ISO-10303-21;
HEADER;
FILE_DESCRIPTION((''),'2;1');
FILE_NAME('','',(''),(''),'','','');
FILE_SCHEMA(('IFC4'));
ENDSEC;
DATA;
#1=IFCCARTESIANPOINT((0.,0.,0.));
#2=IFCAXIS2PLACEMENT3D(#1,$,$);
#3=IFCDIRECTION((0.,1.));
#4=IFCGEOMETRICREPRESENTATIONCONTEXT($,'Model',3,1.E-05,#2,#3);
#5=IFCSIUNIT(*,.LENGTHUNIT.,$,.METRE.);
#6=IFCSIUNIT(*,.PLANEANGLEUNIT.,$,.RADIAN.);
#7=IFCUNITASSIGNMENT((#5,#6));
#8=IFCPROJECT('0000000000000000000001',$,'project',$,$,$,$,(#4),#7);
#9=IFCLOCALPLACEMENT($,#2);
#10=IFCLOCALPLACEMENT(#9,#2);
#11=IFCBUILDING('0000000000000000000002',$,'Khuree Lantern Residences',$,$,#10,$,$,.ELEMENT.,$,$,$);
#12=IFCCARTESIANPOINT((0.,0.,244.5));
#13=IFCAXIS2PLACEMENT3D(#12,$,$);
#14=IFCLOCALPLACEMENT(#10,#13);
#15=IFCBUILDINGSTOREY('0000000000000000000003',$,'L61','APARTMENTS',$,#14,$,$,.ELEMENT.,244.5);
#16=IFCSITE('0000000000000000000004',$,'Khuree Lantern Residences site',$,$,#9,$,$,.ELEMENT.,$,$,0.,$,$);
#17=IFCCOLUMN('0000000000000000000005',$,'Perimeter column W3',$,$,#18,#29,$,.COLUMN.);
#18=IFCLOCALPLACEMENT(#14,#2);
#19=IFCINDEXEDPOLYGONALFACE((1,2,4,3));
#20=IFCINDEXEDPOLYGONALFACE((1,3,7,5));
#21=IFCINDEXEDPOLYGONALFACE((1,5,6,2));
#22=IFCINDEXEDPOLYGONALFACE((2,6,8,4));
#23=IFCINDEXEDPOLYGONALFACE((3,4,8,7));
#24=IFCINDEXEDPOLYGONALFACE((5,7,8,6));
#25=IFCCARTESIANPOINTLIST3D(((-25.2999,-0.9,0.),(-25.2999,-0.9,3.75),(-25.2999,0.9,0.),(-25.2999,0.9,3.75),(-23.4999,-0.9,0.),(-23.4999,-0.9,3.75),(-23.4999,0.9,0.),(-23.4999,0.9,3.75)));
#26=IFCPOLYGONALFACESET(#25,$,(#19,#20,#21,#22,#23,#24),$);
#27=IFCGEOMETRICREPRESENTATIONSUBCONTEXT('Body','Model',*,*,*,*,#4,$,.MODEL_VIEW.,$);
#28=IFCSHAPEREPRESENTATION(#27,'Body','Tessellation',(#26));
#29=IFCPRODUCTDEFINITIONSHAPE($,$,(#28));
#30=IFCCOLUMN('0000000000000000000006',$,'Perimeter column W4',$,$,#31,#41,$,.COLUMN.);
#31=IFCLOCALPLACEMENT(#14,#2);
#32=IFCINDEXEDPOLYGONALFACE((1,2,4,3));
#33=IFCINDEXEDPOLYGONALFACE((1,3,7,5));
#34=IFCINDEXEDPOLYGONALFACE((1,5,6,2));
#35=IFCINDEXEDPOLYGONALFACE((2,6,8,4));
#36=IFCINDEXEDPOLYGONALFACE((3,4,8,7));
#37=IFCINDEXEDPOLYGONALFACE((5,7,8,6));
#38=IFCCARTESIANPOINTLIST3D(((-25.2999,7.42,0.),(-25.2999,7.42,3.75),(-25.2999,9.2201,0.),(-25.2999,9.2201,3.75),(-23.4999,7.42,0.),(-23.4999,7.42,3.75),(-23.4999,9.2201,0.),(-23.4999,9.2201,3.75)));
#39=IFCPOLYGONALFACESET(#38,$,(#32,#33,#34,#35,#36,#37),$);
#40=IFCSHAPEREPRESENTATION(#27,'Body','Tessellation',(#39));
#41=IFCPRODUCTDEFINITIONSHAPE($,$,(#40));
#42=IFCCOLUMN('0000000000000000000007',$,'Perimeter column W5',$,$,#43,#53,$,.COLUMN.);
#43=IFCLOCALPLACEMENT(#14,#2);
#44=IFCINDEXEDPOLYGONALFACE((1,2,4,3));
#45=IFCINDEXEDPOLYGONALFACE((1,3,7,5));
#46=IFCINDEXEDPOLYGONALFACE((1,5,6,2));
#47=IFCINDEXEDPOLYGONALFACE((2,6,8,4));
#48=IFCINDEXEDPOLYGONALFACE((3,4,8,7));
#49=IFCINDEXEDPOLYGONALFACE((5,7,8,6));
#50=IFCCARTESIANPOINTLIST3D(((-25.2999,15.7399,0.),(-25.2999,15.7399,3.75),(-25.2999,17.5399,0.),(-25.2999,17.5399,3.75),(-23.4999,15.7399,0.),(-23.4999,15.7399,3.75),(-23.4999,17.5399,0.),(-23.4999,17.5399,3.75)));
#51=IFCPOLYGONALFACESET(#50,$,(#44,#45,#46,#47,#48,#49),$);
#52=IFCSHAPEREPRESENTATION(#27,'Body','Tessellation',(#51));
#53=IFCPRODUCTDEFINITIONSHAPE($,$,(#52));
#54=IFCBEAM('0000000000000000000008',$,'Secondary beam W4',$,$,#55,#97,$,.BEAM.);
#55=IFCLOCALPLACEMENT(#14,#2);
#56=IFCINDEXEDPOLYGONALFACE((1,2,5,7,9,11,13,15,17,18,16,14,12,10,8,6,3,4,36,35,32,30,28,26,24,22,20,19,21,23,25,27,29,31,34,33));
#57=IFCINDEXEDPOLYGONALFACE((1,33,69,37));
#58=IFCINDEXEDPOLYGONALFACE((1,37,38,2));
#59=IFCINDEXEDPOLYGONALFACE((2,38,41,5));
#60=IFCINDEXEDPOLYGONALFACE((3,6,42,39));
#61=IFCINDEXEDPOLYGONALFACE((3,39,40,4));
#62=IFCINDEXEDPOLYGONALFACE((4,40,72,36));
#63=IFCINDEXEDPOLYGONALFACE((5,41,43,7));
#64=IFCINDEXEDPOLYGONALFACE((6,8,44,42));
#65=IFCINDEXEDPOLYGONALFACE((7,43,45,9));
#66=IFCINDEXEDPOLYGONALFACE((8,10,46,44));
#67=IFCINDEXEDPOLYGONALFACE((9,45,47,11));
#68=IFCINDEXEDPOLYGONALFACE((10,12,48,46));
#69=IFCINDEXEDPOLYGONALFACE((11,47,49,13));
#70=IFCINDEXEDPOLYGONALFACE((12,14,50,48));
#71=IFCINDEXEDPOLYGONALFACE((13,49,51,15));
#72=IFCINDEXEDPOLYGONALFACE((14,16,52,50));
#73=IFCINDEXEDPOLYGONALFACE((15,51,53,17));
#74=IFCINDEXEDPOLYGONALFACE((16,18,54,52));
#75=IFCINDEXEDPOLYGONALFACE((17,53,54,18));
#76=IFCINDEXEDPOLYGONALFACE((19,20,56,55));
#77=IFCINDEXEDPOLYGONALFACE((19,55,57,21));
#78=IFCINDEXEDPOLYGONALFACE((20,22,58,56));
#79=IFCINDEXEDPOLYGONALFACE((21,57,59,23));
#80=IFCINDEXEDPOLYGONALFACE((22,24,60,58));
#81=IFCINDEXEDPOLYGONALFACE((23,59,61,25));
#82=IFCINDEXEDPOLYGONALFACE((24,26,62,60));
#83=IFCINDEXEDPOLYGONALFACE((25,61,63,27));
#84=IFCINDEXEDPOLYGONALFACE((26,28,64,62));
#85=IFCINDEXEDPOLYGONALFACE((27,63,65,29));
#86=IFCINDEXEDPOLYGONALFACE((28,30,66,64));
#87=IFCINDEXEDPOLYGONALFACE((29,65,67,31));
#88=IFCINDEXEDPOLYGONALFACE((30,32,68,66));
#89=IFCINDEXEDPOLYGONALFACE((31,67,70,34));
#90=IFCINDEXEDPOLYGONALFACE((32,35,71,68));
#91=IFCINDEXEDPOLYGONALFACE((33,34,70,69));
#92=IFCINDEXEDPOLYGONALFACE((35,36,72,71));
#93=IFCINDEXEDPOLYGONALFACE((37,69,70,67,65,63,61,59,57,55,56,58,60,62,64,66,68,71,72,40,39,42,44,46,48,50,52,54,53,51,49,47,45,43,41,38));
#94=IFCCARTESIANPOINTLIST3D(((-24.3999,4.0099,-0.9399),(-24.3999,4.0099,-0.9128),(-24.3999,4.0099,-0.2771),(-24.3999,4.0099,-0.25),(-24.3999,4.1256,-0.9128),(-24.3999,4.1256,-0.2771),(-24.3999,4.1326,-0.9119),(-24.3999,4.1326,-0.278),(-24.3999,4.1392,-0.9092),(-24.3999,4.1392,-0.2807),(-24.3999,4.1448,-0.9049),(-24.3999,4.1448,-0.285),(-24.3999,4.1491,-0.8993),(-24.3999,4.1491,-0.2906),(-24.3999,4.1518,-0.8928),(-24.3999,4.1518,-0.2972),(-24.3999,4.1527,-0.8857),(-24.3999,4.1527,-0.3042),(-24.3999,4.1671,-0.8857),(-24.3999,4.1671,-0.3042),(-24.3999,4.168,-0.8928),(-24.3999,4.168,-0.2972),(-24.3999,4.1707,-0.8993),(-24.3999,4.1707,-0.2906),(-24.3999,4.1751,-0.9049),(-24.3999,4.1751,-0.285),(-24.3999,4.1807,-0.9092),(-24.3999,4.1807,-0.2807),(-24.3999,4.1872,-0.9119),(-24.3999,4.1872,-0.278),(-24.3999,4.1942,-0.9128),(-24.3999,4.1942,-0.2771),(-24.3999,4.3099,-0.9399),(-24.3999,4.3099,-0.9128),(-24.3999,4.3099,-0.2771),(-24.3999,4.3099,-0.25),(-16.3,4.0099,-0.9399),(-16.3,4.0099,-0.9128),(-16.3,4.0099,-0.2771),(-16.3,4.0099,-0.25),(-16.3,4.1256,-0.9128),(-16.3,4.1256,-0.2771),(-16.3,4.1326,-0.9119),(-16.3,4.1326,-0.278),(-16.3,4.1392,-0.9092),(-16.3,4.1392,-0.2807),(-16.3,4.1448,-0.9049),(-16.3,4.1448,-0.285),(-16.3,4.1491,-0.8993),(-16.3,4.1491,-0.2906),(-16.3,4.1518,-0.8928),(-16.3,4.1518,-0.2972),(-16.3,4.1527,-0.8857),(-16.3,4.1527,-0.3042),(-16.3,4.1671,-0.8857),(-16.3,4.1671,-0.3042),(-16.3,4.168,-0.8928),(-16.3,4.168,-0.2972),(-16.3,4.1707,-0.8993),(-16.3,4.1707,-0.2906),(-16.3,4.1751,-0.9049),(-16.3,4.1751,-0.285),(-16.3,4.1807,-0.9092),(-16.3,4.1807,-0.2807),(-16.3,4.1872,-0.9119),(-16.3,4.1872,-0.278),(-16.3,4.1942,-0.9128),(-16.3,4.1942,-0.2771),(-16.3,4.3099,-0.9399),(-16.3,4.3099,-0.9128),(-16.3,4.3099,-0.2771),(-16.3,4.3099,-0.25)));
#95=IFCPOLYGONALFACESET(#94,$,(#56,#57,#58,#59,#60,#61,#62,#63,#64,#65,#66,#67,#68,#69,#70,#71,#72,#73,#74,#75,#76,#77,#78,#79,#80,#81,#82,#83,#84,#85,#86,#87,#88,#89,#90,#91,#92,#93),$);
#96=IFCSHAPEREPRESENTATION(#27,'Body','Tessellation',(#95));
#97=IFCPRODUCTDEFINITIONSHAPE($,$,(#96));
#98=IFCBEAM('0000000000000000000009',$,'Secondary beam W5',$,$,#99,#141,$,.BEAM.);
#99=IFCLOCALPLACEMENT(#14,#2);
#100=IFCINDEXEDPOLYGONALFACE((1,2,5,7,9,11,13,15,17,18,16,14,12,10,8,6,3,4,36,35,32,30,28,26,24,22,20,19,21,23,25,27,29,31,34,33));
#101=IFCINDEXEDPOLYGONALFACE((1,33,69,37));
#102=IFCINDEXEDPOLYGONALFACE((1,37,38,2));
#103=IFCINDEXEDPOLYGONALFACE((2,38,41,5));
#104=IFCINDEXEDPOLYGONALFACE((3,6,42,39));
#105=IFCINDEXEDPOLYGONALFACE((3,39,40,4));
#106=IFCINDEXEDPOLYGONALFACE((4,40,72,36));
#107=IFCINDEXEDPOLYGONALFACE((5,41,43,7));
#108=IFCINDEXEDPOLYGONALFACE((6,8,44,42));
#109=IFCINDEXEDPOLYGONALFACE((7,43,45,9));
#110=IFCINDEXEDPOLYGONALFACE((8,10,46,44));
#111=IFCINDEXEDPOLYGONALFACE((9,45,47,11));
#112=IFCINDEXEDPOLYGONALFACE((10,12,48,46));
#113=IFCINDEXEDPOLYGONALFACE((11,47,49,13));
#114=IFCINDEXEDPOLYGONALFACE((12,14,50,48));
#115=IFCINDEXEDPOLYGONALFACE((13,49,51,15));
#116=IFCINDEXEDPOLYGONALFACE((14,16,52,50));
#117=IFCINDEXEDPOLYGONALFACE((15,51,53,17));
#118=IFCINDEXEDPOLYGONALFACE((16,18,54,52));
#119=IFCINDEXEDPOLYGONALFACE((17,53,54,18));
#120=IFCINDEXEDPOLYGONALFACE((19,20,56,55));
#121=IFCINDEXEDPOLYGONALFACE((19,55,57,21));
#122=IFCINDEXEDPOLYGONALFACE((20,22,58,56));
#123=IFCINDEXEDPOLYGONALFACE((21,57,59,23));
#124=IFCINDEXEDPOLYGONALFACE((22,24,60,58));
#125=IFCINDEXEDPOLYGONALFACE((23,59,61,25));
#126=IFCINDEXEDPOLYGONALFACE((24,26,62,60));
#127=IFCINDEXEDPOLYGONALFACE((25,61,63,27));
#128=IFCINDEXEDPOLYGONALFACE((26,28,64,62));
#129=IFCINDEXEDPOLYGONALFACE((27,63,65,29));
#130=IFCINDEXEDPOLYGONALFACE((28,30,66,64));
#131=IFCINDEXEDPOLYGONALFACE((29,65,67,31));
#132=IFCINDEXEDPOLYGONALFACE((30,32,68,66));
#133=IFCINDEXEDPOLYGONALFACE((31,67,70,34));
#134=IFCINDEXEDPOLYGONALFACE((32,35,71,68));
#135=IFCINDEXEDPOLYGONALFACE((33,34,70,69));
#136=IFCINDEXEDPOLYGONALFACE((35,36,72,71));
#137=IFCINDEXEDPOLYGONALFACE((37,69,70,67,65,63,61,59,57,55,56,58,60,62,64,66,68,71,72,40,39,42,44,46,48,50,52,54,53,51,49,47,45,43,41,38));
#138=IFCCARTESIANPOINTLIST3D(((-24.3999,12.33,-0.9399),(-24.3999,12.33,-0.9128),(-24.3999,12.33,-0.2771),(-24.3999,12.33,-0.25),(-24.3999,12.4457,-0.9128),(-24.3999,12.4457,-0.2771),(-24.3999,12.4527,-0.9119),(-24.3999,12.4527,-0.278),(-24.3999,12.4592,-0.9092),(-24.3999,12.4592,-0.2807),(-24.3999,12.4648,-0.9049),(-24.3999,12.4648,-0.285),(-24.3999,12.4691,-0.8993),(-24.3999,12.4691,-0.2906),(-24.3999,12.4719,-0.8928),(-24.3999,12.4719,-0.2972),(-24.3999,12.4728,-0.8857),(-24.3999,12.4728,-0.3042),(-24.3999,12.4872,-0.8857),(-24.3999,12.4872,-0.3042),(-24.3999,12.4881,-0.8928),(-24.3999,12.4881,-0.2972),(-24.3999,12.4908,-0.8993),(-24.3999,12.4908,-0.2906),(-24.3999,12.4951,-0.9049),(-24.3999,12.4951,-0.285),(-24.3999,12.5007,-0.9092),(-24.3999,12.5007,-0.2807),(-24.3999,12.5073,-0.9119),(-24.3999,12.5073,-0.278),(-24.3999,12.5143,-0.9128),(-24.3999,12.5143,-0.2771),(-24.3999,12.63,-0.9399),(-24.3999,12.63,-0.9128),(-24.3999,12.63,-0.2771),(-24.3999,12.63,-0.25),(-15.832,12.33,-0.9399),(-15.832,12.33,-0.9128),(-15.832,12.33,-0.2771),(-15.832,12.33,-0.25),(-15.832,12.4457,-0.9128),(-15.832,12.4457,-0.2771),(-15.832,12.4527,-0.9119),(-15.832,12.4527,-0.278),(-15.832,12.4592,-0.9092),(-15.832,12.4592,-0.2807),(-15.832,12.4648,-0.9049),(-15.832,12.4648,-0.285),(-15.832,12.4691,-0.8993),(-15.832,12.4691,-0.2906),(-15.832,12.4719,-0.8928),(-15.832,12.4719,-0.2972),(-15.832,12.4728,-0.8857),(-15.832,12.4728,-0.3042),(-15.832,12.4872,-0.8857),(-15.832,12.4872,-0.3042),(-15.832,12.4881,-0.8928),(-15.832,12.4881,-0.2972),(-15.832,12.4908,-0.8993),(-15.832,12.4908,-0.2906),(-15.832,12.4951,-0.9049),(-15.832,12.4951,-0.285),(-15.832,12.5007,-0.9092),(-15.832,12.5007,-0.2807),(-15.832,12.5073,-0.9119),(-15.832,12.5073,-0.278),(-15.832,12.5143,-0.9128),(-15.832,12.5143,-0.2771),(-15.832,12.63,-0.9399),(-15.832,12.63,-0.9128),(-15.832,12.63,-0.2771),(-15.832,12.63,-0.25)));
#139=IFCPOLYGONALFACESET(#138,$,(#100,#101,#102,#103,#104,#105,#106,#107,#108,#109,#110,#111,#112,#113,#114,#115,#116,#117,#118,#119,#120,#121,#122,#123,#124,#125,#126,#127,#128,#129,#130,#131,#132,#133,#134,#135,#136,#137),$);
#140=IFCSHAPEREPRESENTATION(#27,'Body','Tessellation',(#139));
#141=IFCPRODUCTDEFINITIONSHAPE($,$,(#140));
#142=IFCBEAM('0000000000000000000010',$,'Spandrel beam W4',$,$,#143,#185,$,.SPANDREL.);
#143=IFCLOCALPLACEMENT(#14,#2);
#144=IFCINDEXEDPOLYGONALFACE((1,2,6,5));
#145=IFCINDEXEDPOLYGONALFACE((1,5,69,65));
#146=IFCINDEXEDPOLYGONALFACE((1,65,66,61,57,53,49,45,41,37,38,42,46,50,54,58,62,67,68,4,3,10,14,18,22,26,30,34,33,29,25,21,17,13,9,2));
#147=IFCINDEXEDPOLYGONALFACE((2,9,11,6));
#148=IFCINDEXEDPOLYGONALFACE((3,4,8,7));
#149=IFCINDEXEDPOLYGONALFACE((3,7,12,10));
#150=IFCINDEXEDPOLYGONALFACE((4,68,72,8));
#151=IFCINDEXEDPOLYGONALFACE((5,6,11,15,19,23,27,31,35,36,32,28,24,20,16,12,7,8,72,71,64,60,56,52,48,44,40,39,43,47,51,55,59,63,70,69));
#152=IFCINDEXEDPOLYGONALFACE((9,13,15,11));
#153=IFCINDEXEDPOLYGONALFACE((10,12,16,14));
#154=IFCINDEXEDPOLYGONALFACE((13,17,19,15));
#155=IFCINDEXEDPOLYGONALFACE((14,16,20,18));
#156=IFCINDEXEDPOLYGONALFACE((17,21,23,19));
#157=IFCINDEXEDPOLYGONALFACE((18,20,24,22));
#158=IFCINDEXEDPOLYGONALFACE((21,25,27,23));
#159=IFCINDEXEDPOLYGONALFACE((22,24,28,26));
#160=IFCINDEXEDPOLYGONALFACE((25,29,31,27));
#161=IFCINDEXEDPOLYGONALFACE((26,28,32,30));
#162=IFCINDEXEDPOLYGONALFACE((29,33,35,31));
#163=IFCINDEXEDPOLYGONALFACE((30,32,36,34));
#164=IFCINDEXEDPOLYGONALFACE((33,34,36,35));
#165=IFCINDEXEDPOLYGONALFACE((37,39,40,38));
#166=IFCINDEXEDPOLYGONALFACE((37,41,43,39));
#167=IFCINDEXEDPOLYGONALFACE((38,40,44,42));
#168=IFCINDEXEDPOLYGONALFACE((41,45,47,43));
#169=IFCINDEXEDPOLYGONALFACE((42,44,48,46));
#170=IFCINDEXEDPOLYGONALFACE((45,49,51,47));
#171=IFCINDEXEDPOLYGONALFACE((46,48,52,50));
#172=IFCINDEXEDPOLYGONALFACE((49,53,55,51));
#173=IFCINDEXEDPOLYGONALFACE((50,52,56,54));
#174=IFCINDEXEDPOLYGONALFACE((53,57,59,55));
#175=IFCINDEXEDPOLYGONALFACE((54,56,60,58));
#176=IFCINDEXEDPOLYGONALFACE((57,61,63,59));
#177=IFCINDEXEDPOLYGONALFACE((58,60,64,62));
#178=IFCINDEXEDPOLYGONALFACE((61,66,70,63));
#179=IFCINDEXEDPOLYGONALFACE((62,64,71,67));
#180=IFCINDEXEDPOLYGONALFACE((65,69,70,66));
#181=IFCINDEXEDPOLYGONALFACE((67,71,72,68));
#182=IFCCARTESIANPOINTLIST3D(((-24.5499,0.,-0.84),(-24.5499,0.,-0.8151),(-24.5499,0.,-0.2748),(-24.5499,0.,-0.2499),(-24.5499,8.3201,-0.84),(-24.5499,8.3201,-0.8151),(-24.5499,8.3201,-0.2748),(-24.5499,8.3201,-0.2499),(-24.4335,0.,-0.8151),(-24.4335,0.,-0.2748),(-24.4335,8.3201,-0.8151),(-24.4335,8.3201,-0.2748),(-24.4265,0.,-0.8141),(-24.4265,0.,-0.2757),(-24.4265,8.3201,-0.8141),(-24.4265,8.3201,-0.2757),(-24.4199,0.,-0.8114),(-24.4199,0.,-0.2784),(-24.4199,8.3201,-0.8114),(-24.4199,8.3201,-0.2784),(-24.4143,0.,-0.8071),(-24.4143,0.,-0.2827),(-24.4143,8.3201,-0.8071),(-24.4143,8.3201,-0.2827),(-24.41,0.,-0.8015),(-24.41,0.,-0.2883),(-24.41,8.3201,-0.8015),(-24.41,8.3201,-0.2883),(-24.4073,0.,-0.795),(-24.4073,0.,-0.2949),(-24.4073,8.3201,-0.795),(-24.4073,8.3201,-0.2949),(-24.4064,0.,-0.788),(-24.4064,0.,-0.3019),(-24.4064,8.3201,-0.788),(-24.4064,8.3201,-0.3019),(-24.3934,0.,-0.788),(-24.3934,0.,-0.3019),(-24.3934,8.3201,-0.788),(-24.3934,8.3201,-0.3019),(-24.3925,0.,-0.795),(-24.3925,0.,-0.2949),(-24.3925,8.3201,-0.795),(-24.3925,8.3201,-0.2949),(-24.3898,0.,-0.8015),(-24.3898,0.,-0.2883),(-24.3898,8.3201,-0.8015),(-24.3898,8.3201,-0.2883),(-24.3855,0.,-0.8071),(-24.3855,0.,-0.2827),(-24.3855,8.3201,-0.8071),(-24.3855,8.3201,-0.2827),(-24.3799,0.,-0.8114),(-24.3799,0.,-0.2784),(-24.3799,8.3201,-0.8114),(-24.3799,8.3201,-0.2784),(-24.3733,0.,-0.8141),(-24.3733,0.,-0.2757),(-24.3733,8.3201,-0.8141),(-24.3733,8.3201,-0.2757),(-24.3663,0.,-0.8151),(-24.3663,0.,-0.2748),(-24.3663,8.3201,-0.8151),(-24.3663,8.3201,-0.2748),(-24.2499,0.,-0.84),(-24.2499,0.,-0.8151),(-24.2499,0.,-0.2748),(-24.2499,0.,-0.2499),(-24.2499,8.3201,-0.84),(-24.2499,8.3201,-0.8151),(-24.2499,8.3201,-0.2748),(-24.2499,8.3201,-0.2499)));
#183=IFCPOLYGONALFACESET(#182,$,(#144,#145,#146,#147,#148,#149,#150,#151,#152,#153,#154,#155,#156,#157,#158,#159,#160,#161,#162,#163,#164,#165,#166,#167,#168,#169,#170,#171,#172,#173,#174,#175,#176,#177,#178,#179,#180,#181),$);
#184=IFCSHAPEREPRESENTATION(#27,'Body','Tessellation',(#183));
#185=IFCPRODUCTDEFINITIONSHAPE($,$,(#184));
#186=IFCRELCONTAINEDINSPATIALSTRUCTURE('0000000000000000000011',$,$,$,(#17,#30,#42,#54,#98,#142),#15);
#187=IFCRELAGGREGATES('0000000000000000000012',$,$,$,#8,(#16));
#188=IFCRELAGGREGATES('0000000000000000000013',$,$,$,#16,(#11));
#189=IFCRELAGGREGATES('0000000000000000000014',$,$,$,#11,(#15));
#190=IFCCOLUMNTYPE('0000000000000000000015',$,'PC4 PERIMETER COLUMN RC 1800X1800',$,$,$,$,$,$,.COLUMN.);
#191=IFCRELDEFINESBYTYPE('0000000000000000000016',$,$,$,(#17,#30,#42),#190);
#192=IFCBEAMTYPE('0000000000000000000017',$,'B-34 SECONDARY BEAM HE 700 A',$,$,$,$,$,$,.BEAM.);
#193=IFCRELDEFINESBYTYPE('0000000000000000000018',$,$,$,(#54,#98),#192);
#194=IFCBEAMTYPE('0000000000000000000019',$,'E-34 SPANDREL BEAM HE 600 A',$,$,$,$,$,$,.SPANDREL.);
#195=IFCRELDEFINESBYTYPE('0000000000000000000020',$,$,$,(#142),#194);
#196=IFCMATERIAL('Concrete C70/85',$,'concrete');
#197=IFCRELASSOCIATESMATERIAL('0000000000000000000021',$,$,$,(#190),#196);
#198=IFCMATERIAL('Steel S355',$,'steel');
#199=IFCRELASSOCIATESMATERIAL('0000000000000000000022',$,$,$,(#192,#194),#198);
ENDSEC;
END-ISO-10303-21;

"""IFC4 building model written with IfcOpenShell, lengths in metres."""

from ifc_helpers import new_model, si_unit, direction, frame, origin, origin_2d, place, context, subcontext, project, spatial, rectangle, i_section, extrude, material, material_profile, profile_set, type_object, element, save


model = new_model("IFC4")

# Units and contexts
model_context = context("Model", 3, precision=1e-05, world=origin(), true_north=direction((0.0, 1.0)))
body_context = subcontext(model_context, "Body", "Model", "MODEL_VIEW")
ifc_project = project(units=[si_unit("LENGTHUNIT", "METRE"), si_unit("PLANEANGLEUNIT", "RADIAN")], contexts=[model_context])

# Site, building, storey
site_placement = place(None, origin())
site = spatial("IfcSite", under=ifc_project, at=site_placement, Name="Khuree Lantern Residences site", CompositionType="ELEMENT", RefElevation=0.0)
building_placement = place(site_placement, origin())
building = spatial("IfcBuilding", under=site, at=building_placement, Name="Khuree Lantern Residences", CompositionType="ELEMENT")
storey_placement = place(building_placement, frame((0.0, 0.0, 244.5)))
storey = spatial("IfcBuildingStorey", under=building, at=storey_placement, Name="L61", Description="APARTMENTS", CompositionType="ELEMENT", Elevation=244.5)

# Columns
ifc_material_1 = material(Name="Concrete C70/85", Category="concrete")
ifc_material_profile_1 = material_profile(ifc_material_1, rectangle(XDim=1.8, YDim=1.8, at=origin_2d()), Name="RC 1800X1800")
ifc_profile_set_1 = profile_set([ifc_material_profile_1], Name="Concrete C70/85")
column_type = type_object("IfcColumnType", Name="PC4 PERIMETER COLUMN RC 1800X1800", PredefinedType="COLUMN", material=ifc_profile_set_1)
for number, where, z_axis, x_axis, name in (
    (1, (-24.3999, 0.0, 0.0), (0.0, 0.0, 1.0), (0.0, 1.0, 0.0), "Perimeter column W3"),
    (2, (-24.3999, 8.3201, 0.0), (0.0, 0.0, 1.0), (0.0, 1.0, 0.0), "Perimeter column W4"),
    (3, (-24.3999, 16.6399, 0.0), (0.0, 0.0, 1.0), (0.0, 1.0, 0.0), "Perimeter column W5"),
):
    element("IfcColumn", number, at=place(storey_placement, frame(where, z_axis=z_axis, x_axis=x_axis)), inside=storey, type_object=column_type, Name=name, PredefinedType="COLUMN", context=body_context, shape_type="SweptSolid", body=[
        extrude(rectangle(XDim=1.8, YDim=1.8, at=origin_2d()), origin(), (0.0, 0.0, 1.0), 3.75),
    ])

# Beams
ifc_material_2 = material(Name="Steel S355", Category="steel")
ifc_material_profile_2 = material_profile(ifc_material_2, i_section(OverallWidth=0.3, OverallDepth=0.6899, WebThickness=0.0144, FlangeThickness=0.0271, FilletRadius=0.0271, at=origin_2d()), Name="HE 700 A")
ifc_profile_set_2 = profile_set([ifc_material_profile_2], Name="Steel S355")
beam_type_1 = type_object("IfcBeamType", Name="B-34 SECONDARY BEAM HE 700 A", PredefinedType="BEAM", material=ifc_profile_set_2)
beam_1_placement = place(storey_placement, frame((-24.3999, 4.1599, -0.595), z_axis=(1.0, 0.0, 0.0), x_axis=(0.0, 1.0, 0.0)))
element("IfcBeam", 4, at=beam_1_placement, inside=storey, type_object=beam_type_1, Name="Secondary beam W4", PredefinedType="BEAM", context=body_context, shape_type="SweptSolid", body=[
    extrude(i_section(OverallWidth=0.3, OverallDepth=0.6899, WebThickness=0.0144, FlangeThickness=0.0271, FilletRadius=0.0271, at=origin_2d()), origin(), (0.0, 0.0, 1.0), 8.0999),
])
beam_2_placement = place(storey_placement, frame((-24.3999, 12.48, -0.595), z_axis=(1.0, 0.0, 0.0), x_axis=(0.0, 1.0, 0.0)))
element("IfcBeam", 5, at=beam_2_placement, inside=storey, type_object=beam_type_1, Name="Secondary beam W5", PredefinedType="BEAM", context=body_context, shape_type="SweptSolid", body=[
    extrude(i_section(OverallWidth=0.3, OverallDepth=0.6899, WebThickness=0.0144, FlangeThickness=0.0271, FilletRadius=0.0271, at=origin_2d()), origin(), (0.0, 0.0, 1.0), 8.5679),
])
ifc_material_profile_3 = material_profile(ifc_material_2, i_section(OverallWidth=0.3, OverallDepth=0.5901, WebThickness=0.0129, FlangeThickness=0.0249, FilletRadius=0.0271, at=origin_2d()), Name="HE 600 A")
ifc_profile_set_3 = profile_set([ifc_material_profile_3], Name="Steel S355")
beam_type_2 = type_object("IfcBeamType", Name="E-34 SPANDREL BEAM HE 600 A", PredefinedType="SPANDREL", material=ifc_profile_set_3)
beam_3_placement = place(storey_placement, frame((-24.3999, 0.0, -0.5449), z_axis=(0.0, 1.0, 0.0), x_axis=(-1.0, 0.0, 0.0)))
element("IfcBeam", 6, at=beam_3_placement, inside=storey, type_object=beam_type_2, Name="Spandrel beam W4", PredefinedType="SPANDREL", context=body_context, shape_type="SweptSolid", body=[
    extrude(i_section(OverallWidth=0.3, OverallDepth=0.5901, WebThickness=0.0129, FlangeThickness=0.0249, FilletRadius=0.0271, at=origin_2d()), origin(), (0.0, 0.0, 1.0), 8.3201),
])

save(model, "model.ifc")
